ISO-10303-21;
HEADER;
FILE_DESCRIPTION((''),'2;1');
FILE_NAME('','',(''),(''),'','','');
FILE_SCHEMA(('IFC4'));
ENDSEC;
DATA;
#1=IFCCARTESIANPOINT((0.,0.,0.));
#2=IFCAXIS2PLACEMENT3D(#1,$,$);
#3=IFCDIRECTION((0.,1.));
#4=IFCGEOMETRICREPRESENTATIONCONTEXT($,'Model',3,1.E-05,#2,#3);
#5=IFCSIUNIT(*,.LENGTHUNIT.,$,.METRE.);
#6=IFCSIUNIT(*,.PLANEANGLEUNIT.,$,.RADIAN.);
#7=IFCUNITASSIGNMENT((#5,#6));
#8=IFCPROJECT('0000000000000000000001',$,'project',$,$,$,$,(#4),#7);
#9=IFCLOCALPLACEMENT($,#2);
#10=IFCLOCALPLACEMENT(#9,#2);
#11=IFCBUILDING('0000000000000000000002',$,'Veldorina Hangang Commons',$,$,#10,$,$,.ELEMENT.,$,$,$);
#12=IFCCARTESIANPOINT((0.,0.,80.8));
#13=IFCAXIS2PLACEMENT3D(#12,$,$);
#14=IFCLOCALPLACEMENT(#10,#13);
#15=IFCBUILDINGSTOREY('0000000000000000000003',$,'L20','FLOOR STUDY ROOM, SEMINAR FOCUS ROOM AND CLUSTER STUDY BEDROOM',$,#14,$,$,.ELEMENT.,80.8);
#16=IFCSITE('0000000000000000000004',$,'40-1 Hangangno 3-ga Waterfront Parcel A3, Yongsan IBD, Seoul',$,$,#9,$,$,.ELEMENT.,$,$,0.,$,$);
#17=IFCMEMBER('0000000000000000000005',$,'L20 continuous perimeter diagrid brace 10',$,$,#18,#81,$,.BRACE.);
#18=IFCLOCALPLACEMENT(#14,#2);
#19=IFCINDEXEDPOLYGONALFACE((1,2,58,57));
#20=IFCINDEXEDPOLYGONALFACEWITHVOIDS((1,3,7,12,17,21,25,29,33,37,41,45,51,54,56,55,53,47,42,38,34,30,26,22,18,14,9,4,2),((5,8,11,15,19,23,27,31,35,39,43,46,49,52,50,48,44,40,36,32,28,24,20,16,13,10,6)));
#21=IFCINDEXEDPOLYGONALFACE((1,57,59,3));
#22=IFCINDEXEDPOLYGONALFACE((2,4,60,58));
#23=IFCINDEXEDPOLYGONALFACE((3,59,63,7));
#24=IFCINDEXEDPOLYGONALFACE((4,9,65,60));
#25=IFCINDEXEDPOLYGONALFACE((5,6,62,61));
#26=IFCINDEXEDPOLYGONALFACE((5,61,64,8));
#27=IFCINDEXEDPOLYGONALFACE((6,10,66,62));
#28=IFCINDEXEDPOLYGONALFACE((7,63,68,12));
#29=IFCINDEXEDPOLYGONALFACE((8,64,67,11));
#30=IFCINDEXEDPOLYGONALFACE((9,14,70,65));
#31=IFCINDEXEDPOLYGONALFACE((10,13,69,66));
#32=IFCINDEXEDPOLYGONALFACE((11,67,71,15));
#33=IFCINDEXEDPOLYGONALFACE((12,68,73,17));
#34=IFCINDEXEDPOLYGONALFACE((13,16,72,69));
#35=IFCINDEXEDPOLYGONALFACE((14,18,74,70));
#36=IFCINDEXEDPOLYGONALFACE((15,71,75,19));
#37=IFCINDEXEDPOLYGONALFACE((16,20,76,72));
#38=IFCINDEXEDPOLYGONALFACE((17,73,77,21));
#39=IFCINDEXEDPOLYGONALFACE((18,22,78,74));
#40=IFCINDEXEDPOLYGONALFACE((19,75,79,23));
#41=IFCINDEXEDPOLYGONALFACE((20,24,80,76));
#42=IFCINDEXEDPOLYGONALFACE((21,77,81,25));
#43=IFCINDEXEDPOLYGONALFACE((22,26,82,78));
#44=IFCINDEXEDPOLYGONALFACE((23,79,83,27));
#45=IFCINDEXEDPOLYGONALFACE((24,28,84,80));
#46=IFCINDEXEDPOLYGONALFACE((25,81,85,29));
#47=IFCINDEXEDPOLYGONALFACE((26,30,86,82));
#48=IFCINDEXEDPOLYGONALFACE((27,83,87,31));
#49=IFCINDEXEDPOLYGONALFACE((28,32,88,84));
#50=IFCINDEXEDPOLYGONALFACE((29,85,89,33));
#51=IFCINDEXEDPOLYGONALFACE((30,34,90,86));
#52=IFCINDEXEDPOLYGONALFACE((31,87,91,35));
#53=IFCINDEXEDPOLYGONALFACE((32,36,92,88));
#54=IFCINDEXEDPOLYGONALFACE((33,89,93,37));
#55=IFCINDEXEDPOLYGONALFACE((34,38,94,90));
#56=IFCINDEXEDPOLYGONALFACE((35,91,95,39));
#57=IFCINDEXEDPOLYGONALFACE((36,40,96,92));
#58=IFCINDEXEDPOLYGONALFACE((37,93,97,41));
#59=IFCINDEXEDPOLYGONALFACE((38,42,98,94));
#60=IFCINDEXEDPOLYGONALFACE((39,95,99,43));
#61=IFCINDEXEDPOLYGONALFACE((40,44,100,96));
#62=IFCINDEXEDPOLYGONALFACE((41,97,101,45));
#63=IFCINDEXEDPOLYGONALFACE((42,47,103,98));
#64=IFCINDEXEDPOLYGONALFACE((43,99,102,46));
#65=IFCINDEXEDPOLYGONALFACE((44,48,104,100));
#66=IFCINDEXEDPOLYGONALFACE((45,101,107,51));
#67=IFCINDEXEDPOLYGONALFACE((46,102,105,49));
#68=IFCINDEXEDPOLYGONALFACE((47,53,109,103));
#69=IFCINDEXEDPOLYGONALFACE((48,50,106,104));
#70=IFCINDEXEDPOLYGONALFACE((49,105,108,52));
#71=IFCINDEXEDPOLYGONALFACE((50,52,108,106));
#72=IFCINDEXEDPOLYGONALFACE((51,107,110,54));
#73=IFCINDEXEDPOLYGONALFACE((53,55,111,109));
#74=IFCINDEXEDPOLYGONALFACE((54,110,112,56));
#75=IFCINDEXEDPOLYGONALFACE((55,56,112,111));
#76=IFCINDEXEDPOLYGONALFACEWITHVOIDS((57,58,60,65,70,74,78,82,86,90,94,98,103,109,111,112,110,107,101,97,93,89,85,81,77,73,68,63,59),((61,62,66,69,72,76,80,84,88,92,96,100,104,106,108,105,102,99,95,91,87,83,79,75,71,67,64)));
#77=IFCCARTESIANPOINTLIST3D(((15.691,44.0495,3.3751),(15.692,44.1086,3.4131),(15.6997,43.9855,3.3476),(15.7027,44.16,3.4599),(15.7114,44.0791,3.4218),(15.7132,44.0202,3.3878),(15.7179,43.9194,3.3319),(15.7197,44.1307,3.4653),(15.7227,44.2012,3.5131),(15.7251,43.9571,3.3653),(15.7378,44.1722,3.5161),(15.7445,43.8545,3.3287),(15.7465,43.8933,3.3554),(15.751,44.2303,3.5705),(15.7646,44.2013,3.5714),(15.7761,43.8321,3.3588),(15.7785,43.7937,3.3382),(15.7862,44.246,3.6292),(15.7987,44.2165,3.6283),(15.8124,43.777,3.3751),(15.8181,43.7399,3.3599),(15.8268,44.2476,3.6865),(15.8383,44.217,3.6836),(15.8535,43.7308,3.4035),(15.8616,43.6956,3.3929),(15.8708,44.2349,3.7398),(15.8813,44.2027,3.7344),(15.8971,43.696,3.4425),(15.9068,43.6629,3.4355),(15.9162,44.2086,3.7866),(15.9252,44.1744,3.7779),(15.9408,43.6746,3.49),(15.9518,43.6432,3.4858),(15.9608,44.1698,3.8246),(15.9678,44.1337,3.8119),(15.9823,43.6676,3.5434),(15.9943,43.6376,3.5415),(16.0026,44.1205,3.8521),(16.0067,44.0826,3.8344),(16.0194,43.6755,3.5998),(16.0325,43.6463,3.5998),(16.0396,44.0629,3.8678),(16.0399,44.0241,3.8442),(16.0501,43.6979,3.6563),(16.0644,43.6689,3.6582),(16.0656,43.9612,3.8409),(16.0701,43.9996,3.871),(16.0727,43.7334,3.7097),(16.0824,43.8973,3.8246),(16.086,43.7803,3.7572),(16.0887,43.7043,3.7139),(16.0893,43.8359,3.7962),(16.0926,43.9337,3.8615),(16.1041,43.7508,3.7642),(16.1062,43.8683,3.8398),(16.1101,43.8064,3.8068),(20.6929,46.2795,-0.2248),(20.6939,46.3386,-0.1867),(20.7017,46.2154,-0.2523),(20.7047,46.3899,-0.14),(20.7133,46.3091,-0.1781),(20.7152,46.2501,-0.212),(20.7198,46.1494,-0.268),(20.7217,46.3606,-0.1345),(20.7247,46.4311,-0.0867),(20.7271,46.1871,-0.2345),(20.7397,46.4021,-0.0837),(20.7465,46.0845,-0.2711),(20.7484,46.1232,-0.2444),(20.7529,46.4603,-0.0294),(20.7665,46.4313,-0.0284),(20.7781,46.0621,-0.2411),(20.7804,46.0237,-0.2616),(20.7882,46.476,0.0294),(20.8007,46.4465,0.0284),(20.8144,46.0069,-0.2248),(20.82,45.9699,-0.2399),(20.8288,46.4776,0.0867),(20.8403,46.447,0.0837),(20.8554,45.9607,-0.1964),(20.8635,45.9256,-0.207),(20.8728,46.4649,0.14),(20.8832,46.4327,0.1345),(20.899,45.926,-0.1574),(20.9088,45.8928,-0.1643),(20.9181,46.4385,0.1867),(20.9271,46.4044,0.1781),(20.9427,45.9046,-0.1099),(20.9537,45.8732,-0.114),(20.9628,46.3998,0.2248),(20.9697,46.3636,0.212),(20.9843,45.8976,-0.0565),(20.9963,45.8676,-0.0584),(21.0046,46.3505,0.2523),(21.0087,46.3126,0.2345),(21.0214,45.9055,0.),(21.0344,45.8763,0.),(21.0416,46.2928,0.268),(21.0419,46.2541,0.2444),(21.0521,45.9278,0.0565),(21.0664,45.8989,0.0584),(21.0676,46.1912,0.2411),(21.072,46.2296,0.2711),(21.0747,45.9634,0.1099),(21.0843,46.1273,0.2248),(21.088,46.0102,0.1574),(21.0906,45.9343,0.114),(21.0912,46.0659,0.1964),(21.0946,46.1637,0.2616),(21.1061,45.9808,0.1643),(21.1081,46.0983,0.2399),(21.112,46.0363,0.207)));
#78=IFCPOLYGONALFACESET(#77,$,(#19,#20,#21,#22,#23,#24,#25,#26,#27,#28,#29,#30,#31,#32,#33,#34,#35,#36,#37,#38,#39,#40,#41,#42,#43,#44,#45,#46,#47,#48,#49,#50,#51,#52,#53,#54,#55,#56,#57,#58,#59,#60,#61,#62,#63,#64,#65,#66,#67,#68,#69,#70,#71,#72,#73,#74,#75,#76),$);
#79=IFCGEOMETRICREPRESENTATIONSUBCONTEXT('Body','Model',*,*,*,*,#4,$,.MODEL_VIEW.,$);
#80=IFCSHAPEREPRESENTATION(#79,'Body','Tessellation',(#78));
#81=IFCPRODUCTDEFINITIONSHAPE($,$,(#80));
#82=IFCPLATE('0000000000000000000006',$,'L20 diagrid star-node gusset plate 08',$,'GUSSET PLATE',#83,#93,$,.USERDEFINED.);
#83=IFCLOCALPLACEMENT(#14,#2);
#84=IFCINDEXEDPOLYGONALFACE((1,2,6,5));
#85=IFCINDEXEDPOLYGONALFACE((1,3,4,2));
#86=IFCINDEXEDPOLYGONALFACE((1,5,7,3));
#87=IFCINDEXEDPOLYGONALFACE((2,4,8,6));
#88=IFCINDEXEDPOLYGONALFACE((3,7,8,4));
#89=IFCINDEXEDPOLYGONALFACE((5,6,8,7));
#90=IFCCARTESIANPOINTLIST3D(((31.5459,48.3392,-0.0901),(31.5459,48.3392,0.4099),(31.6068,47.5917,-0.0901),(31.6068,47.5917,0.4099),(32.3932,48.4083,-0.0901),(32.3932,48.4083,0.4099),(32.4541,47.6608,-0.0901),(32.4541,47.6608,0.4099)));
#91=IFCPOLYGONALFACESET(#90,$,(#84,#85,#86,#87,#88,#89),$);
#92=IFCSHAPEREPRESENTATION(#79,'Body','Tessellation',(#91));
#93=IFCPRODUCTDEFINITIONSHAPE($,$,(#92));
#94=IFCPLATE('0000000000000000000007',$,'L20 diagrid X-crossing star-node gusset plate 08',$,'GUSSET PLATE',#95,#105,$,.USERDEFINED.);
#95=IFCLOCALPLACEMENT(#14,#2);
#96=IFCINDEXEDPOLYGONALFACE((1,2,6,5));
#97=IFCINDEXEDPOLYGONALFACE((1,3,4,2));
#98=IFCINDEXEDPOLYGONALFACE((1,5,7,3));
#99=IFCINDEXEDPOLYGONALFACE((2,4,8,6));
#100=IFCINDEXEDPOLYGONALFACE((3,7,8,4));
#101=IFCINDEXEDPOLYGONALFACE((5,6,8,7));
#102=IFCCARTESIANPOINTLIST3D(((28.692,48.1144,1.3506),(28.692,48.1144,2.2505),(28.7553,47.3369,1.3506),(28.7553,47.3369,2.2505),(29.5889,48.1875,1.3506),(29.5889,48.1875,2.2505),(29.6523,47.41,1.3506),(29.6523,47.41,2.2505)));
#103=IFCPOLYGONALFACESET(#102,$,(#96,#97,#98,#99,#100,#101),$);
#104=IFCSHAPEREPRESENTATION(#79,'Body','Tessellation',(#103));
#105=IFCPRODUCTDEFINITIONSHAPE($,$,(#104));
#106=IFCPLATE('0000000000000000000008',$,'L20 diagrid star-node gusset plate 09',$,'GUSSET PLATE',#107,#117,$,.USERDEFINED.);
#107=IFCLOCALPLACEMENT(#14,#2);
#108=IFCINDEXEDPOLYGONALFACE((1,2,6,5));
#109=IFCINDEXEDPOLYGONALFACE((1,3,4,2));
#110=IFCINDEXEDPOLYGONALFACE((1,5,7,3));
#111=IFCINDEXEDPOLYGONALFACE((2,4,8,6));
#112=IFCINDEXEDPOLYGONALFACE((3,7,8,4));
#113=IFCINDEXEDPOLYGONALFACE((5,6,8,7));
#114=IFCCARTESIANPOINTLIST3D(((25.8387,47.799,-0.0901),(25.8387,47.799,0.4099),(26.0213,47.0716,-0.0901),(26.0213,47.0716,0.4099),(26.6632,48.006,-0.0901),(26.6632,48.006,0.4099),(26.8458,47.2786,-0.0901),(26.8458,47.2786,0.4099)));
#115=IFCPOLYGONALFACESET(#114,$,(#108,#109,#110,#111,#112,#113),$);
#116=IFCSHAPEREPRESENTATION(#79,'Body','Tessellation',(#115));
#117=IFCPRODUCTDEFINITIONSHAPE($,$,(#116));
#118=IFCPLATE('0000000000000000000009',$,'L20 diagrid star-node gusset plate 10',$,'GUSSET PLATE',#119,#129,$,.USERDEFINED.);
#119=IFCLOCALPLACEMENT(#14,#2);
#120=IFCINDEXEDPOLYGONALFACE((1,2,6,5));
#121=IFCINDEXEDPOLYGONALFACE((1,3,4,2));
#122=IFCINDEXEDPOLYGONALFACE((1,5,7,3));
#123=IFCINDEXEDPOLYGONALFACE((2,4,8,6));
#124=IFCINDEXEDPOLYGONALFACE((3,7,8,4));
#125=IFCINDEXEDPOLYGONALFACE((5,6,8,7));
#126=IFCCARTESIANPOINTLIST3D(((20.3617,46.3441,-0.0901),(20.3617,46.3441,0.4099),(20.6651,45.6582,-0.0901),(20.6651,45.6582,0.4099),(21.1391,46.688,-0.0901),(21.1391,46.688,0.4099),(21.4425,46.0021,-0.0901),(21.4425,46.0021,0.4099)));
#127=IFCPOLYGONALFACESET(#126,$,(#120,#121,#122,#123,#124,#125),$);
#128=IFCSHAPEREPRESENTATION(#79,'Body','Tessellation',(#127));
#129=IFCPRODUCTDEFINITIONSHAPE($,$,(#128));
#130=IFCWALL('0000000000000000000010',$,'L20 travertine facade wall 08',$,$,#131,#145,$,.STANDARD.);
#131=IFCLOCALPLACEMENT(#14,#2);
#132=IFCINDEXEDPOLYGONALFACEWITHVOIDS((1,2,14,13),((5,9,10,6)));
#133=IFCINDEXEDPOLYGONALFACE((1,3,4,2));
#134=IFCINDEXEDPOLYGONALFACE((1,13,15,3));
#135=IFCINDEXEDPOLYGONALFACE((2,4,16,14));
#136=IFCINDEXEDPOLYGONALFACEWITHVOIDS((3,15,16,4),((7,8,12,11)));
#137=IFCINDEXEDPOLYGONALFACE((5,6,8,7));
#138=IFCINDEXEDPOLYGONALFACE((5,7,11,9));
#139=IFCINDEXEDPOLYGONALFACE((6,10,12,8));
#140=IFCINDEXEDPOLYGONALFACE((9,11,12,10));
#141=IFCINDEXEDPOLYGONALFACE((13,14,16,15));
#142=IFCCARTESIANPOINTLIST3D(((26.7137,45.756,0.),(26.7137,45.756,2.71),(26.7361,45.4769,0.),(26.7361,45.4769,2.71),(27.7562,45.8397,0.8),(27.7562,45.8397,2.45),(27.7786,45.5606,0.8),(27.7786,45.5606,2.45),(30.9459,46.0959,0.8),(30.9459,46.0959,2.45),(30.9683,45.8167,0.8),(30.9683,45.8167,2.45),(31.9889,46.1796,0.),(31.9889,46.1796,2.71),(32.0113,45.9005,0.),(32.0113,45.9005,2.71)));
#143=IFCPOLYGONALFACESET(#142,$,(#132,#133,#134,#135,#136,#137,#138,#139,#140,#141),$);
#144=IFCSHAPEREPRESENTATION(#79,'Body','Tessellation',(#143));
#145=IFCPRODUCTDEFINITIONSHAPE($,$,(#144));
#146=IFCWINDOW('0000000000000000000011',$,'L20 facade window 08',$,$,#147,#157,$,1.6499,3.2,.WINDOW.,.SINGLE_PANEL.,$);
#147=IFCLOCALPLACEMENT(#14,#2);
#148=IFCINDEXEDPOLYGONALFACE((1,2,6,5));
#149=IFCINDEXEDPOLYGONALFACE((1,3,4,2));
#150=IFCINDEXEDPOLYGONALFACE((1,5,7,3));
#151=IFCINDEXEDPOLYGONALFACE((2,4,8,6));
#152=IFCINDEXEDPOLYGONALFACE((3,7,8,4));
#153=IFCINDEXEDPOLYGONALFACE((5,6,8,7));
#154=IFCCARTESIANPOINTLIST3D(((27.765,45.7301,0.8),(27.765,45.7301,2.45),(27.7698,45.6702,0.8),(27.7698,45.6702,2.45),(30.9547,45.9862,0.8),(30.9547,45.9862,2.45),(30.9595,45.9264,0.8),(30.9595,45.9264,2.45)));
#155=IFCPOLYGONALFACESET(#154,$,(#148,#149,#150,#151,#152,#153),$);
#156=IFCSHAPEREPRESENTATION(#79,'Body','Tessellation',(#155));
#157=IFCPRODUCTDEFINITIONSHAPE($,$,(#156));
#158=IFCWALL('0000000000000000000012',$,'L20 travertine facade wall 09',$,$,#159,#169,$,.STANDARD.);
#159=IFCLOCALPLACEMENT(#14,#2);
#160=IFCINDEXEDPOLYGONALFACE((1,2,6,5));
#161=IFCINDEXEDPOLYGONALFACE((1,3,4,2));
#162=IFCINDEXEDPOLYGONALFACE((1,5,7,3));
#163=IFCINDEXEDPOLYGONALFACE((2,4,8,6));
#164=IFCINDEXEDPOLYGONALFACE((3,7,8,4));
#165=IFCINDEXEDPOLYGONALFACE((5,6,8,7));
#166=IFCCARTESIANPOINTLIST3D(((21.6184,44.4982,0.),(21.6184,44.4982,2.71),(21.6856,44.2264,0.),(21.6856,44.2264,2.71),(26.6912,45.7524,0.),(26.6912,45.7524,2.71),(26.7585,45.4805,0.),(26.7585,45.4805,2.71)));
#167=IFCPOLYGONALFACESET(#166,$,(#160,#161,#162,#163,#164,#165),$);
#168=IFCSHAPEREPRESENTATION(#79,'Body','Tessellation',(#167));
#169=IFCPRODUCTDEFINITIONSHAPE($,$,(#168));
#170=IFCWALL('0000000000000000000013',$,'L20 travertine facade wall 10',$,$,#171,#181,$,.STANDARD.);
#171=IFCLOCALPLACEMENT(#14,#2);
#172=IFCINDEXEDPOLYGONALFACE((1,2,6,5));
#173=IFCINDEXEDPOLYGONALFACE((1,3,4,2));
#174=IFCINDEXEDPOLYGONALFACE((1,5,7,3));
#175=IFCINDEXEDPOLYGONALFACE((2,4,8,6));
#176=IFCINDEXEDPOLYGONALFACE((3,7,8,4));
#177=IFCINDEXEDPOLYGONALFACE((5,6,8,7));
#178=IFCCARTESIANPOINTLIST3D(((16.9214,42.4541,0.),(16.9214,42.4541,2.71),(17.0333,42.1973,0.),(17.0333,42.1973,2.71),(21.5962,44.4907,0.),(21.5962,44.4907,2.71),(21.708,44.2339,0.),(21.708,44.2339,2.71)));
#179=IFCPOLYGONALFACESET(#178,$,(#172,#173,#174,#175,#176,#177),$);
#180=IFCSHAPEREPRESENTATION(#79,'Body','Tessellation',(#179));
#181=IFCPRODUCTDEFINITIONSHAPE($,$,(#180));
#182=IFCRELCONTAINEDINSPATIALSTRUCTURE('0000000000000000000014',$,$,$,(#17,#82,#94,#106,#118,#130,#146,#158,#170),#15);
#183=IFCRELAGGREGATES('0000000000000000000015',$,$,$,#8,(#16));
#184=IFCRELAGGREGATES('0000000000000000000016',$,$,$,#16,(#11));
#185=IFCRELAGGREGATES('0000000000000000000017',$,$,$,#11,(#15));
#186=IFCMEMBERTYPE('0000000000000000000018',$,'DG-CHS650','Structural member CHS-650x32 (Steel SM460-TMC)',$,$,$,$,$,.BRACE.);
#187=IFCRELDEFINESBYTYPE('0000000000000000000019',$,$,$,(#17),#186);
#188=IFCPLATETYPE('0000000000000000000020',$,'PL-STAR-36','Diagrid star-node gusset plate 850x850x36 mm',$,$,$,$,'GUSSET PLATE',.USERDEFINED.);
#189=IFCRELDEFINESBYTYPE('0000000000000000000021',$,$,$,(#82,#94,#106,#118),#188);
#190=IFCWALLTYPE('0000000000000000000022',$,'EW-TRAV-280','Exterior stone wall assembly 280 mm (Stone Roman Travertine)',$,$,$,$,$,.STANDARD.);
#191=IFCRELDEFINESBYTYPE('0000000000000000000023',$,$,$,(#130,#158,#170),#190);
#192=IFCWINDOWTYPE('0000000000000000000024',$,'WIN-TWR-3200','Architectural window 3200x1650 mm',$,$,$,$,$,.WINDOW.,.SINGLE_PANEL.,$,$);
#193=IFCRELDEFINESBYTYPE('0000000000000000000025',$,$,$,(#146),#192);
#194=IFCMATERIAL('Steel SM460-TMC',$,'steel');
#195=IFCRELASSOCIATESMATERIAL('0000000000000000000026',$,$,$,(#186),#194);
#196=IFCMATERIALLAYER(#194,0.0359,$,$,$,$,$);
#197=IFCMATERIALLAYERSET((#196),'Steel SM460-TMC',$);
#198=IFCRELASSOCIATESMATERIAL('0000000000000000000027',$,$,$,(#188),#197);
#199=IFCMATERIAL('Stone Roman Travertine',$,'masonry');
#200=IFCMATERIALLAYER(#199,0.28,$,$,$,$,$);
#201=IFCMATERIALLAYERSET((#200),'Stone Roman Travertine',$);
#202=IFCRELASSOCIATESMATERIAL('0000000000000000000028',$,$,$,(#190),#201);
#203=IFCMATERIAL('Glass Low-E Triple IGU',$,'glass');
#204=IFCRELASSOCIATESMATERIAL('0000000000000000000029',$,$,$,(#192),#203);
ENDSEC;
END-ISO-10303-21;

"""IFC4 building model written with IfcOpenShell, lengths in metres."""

from ifc_helpers import new_model, si_unit, direction, frame, frame_2d, origin, origin_2d, place, context, subcontext, project, spatial, rectangle, hollow_circle, extrude, material, layer, layer_set, material_profile, profile_set, type_object, element, fill, save


model = new_model("IFC4")

# Units and contexts
model_context = context("Model", 3, precision=1e-05, world=origin(), true_north=direction((0.0, 1.0)))
body_context = subcontext(model_context, "Body", "Model", "MODEL_VIEW")
ifc_project = project(units=[si_unit("LENGTHUNIT", "METRE"), si_unit("PLANEANGLEUNIT", "RADIAN")], contexts=[model_context])

# Site, building, storey
site_placement = place(None, origin())
site = spatial("IfcSite", under=ifc_project, at=site_placement, Name="40-1 Hangangno 3-ga Waterfront Parcel A3, Yongsan IBD, Seoul", CompositionType="ELEMENT", RefElevation=0.0)
building_placement = place(site_placement, origin())
building = spatial("IfcBuilding", under=site, at=building_placement, Name="Veldorina Hangang Commons", CompositionType="ELEMENT")
storey_placement = place(building_placement, frame((0.0, 0.0, 80.8)))
storey = spatial("IfcBuildingStorey", under=building, at=storey_placement, Name="L20", Description="FLOOR STUDY ROOM, SEMINAR FOCUS ROOM AND CLUSTER STUDY BEDROOM", CompositionType="ELEMENT", Elevation=80.8)

# Member
ifc_material_1 = material(Name="Steel SM460-TMC", Category="steel")
ifc_material_profile_1 = material_profile(ifc_material_1, hollow_circle(Radius=0.325, WallThickness=0.032, at=origin_2d()), Name="CHS-650x32")
ifc_profile_set_1 = profile_set([ifc_material_profile_1], Name="Steel SM460-TMC")
member_type = type_object("IfcMemberType", Name="DG-CHS650", Description="Structural member CHS-650x32 (Steel SM460-TMC)", PredefinedType="BRACE", material=ifc_profile_set_1)
member_1_placement = place(storey_placement, frame((20.9021, 46.1731, 0.0), z_axis=(-0.763223, -0.340262, 0.549284), x_axis=(0.407189, -0.913344, 0.0)))
element("IfcMember", 1, at=member_1_placement, inside=storey, type_object=member_type, Name="L20 continuous perimeter diagrid brace 10", PredefinedType="BRACE", context=body_context, shape_type="SweptSolid", body=[
    extrude(hollow_circle(Radius=0.325, WallThickness=0.032, at=origin_2d()), origin(), (0.0, 0.0, 1.0), 6.5537),
])

# Plates
ifc_layer_1 = layer(ifc_material_1, 0.0359)
ifc_layer_set_1 = layer_set([ifc_layer_1], Name="Steel SM460-TMC")
plate_type = type_object("IfcPlateType", Name="PL-STAR-36", Description="Diagrid star-node gusset plate 850x850x36 mm", ElementType="GUSSET PLATE", PredefinedType="USERDEFINED", material=ifc_layer_set_1)
plate_1_placement = place(storey_placement, frame((32.0, 48.0, -0.0901), z_axis=(0.0, 0.0, 1.0), x_axis=(-0.996694, -0.081243, 0.0)))
element("IfcPlate", 2, at=plate_1_placement, inside=storey, type_object=plate_type, Name="L20 diagrid star-node gusset plate 08", ObjectType="GUSSET PLATE", PredefinedType="USERDEFINED", context=body_context, shape_type="SweptSolid", body=[
    extrude(rectangle(XDim=0.8501, YDim=0.75, at=origin_2d()), origin(), (0.0, 0.0, 1.0), 0.5),
])
plate_2_placement = place(storey_placement, frame((29.1721, 47.7622, 1.3506), z_axis=(0.0, 0.0, 1.0), x_axis=(-0.996694, -0.081243, 0.0)))
element("IfcPlate", 3, at=plate_2_placement, inside=storey, type_object=plate_type, Name="L20 diagrid X-crossing star-node gusset plate 08", ObjectType="GUSSET PLATE", PredefinedType="USERDEFINED", context=body_context, shape_type="SweptSolid", body=[
    extrude(rectangle(XDim=0.8999, YDim=0.78, at=origin_2d()), origin(), (0.0, 0.0, 1.0), 0.8999),
])
for number, where, z_axis, x_axis, name in (
    (4, (26.3423, 47.5388, -0.0901), (0.0, 0.0, 1.0), (-0.969906, -0.24348, 0.0), "L20 diagrid star-node gusset plate 09"),
    (5, (20.9021, 46.1731, -0.0901), (0.0, 0.0, 1.0), (-0.914522, -0.404535, 0.0), "L20 diagrid star-node gusset plate 10"),
):
    element("IfcPlate", number, at=place(storey_placement, frame(where, z_axis=z_axis, x_axis=x_axis)), inside=storey, type_object=plate_type, Name=name, ObjectType="GUSSET PLATE", PredefinedType="USERDEFINED", context=body_context, shape_type="SweptSolid", body=[
        extrude(rectangle(XDim=0.8501, YDim=0.75, at=origin_2d()), origin(), (0.0, 0.0, 1.0), 0.5),
    ])

# Wall, opening, window
ifc_material_2 = material(Name="Stone Roman Travertine", Category="masonry")
ifc_layer_2 = layer(ifc_material_2, 0.28)
ifc_layer_set_2 = layer_set([ifc_layer_2], Name="Stone Roman Travertine")
wall_type_1 = type_object("IfcWallType", Name="EW-TRAV-280", Description="Exterior stone wall assembly 280 mm (Stone Roman Travertine)", PredefinedType="STANDARD", material=ifc_layer_set_2)
wall_1_placement = place(storey_placement, frame((32.0, 46.04, 0.0), z_axis=(0.0, 0.0, 1.0), x_axis=(-0.996792, -0.08004, 0.0)))
wall_1 = element("IfcWall", 6, at=wall_1_placement, inside=storey, type_object=wall_type_1, Name="L20 travertine facade wall 08", PredefinedType="STANDARD", context=body_context, shape_type="SweptSolid", body=[
    extrude(rectangle(XDim=5.2922, YDim=0.28, at=frame_2d((2.646, 0.0))), origin(), (0.0, 0.0, 1.0), 2.71),
])
opening_1_placement = place(wall_1_placement, frame((1.0461, 0.0, 0.8)))
opening_1 = element("IfcOpeningElement", 7, at=opening_1_placement, cuts=wall_1, PredefinedType="OPENING", context=body_context, shape_type="SweptSolid", body=[
    extrude(rectangle(XDim=3.2, YDim=1.6499, at=frame_2d((1.6001, 0.825))), frame((0.0, 0.1499, 0.0), z_axis=(0.0, -1.0, 0.0), x_axis=(1.0, 0.0, 0.0)), (0.0, 0.0, 1.0), 0.3),
])
ifc_material_3 = material(Name="Glass Low-E Triple IGU", Category="glass")
window_type = type_object("IfcWindowType", Name="WIN-TWR-3200", Description="Architectural window 3200x1650 mm", PartitioningType="SINGLE_PANEL", PredefinedType="WINDOW", material=ifc_material_3)
window_placement = place(opening_1_placement, origin())
window = element("IfcWindow", 8, at=window_placement, inside=storey, type_object=window_type, Name="L20 facade window 08", OverallHeight=1.6499, OverallWidth=3.2, PartitioningType="SINGLE_PANEL", PredefinedType="WINDOW", context=body_context, shape_type="SweptSolid", body=[
    extrude(rectangle(XDim=3.2, YDim=1.6499, at=frame_2d((1.6001, 0.825))), frame((0.0, 0.03, 0.0), z_axis=(0.0, -1.0, 0.0), x_axis=(1.0, 0.0, 0.0)), (0.0, 0.0, 1.0), 0.0601),
])
fill(opening_1, window)

# Walls
wall_2_placement = place(storey_placement, frame((26.7249, 45.6165, 0.0), z_axis=(0.0, 0.0, 1.0), x_axis=(-0.970771, -0.240006, 0.0)))
element("IfcWall", 9, at=wall_2_placement, inside=storey, type_object=wall_type_1, Name="L20 travertine facade wall 09", PredefinedType="STANDARD", context=body_context, shape_type="SweptSolid", body=[
    extrude(rectangle(XDim=5.2256, YDim=0.28, at=frame_2d((2.6128, 0.0))), origin(), (0.0, 0.0, 1.0), 2.71),
])
wall_3_placement = place(storey_placement, frame((21.6521, 44.3623, 0.0), z_axis=(0.0, 0.0, 1.0), x_axis=(-0.916776, -0.399402, 0.0)))
element("IfcWall", 10, at=wall_3_placement, inside=storey, type_object=wall_type_1, Name="L20 travertine facade wall 10", PredefinedType="STANDARD", context=body_context, shape_type="SweptSolid", body=[
    extrude(rectangle(XDim=5.0991, YDim=0.28, at=frame_2d((2.5496, 0.0))), origin(), (0.0, 0.0, 1.0), 2.71),
])

save(model, "model.ifc")
